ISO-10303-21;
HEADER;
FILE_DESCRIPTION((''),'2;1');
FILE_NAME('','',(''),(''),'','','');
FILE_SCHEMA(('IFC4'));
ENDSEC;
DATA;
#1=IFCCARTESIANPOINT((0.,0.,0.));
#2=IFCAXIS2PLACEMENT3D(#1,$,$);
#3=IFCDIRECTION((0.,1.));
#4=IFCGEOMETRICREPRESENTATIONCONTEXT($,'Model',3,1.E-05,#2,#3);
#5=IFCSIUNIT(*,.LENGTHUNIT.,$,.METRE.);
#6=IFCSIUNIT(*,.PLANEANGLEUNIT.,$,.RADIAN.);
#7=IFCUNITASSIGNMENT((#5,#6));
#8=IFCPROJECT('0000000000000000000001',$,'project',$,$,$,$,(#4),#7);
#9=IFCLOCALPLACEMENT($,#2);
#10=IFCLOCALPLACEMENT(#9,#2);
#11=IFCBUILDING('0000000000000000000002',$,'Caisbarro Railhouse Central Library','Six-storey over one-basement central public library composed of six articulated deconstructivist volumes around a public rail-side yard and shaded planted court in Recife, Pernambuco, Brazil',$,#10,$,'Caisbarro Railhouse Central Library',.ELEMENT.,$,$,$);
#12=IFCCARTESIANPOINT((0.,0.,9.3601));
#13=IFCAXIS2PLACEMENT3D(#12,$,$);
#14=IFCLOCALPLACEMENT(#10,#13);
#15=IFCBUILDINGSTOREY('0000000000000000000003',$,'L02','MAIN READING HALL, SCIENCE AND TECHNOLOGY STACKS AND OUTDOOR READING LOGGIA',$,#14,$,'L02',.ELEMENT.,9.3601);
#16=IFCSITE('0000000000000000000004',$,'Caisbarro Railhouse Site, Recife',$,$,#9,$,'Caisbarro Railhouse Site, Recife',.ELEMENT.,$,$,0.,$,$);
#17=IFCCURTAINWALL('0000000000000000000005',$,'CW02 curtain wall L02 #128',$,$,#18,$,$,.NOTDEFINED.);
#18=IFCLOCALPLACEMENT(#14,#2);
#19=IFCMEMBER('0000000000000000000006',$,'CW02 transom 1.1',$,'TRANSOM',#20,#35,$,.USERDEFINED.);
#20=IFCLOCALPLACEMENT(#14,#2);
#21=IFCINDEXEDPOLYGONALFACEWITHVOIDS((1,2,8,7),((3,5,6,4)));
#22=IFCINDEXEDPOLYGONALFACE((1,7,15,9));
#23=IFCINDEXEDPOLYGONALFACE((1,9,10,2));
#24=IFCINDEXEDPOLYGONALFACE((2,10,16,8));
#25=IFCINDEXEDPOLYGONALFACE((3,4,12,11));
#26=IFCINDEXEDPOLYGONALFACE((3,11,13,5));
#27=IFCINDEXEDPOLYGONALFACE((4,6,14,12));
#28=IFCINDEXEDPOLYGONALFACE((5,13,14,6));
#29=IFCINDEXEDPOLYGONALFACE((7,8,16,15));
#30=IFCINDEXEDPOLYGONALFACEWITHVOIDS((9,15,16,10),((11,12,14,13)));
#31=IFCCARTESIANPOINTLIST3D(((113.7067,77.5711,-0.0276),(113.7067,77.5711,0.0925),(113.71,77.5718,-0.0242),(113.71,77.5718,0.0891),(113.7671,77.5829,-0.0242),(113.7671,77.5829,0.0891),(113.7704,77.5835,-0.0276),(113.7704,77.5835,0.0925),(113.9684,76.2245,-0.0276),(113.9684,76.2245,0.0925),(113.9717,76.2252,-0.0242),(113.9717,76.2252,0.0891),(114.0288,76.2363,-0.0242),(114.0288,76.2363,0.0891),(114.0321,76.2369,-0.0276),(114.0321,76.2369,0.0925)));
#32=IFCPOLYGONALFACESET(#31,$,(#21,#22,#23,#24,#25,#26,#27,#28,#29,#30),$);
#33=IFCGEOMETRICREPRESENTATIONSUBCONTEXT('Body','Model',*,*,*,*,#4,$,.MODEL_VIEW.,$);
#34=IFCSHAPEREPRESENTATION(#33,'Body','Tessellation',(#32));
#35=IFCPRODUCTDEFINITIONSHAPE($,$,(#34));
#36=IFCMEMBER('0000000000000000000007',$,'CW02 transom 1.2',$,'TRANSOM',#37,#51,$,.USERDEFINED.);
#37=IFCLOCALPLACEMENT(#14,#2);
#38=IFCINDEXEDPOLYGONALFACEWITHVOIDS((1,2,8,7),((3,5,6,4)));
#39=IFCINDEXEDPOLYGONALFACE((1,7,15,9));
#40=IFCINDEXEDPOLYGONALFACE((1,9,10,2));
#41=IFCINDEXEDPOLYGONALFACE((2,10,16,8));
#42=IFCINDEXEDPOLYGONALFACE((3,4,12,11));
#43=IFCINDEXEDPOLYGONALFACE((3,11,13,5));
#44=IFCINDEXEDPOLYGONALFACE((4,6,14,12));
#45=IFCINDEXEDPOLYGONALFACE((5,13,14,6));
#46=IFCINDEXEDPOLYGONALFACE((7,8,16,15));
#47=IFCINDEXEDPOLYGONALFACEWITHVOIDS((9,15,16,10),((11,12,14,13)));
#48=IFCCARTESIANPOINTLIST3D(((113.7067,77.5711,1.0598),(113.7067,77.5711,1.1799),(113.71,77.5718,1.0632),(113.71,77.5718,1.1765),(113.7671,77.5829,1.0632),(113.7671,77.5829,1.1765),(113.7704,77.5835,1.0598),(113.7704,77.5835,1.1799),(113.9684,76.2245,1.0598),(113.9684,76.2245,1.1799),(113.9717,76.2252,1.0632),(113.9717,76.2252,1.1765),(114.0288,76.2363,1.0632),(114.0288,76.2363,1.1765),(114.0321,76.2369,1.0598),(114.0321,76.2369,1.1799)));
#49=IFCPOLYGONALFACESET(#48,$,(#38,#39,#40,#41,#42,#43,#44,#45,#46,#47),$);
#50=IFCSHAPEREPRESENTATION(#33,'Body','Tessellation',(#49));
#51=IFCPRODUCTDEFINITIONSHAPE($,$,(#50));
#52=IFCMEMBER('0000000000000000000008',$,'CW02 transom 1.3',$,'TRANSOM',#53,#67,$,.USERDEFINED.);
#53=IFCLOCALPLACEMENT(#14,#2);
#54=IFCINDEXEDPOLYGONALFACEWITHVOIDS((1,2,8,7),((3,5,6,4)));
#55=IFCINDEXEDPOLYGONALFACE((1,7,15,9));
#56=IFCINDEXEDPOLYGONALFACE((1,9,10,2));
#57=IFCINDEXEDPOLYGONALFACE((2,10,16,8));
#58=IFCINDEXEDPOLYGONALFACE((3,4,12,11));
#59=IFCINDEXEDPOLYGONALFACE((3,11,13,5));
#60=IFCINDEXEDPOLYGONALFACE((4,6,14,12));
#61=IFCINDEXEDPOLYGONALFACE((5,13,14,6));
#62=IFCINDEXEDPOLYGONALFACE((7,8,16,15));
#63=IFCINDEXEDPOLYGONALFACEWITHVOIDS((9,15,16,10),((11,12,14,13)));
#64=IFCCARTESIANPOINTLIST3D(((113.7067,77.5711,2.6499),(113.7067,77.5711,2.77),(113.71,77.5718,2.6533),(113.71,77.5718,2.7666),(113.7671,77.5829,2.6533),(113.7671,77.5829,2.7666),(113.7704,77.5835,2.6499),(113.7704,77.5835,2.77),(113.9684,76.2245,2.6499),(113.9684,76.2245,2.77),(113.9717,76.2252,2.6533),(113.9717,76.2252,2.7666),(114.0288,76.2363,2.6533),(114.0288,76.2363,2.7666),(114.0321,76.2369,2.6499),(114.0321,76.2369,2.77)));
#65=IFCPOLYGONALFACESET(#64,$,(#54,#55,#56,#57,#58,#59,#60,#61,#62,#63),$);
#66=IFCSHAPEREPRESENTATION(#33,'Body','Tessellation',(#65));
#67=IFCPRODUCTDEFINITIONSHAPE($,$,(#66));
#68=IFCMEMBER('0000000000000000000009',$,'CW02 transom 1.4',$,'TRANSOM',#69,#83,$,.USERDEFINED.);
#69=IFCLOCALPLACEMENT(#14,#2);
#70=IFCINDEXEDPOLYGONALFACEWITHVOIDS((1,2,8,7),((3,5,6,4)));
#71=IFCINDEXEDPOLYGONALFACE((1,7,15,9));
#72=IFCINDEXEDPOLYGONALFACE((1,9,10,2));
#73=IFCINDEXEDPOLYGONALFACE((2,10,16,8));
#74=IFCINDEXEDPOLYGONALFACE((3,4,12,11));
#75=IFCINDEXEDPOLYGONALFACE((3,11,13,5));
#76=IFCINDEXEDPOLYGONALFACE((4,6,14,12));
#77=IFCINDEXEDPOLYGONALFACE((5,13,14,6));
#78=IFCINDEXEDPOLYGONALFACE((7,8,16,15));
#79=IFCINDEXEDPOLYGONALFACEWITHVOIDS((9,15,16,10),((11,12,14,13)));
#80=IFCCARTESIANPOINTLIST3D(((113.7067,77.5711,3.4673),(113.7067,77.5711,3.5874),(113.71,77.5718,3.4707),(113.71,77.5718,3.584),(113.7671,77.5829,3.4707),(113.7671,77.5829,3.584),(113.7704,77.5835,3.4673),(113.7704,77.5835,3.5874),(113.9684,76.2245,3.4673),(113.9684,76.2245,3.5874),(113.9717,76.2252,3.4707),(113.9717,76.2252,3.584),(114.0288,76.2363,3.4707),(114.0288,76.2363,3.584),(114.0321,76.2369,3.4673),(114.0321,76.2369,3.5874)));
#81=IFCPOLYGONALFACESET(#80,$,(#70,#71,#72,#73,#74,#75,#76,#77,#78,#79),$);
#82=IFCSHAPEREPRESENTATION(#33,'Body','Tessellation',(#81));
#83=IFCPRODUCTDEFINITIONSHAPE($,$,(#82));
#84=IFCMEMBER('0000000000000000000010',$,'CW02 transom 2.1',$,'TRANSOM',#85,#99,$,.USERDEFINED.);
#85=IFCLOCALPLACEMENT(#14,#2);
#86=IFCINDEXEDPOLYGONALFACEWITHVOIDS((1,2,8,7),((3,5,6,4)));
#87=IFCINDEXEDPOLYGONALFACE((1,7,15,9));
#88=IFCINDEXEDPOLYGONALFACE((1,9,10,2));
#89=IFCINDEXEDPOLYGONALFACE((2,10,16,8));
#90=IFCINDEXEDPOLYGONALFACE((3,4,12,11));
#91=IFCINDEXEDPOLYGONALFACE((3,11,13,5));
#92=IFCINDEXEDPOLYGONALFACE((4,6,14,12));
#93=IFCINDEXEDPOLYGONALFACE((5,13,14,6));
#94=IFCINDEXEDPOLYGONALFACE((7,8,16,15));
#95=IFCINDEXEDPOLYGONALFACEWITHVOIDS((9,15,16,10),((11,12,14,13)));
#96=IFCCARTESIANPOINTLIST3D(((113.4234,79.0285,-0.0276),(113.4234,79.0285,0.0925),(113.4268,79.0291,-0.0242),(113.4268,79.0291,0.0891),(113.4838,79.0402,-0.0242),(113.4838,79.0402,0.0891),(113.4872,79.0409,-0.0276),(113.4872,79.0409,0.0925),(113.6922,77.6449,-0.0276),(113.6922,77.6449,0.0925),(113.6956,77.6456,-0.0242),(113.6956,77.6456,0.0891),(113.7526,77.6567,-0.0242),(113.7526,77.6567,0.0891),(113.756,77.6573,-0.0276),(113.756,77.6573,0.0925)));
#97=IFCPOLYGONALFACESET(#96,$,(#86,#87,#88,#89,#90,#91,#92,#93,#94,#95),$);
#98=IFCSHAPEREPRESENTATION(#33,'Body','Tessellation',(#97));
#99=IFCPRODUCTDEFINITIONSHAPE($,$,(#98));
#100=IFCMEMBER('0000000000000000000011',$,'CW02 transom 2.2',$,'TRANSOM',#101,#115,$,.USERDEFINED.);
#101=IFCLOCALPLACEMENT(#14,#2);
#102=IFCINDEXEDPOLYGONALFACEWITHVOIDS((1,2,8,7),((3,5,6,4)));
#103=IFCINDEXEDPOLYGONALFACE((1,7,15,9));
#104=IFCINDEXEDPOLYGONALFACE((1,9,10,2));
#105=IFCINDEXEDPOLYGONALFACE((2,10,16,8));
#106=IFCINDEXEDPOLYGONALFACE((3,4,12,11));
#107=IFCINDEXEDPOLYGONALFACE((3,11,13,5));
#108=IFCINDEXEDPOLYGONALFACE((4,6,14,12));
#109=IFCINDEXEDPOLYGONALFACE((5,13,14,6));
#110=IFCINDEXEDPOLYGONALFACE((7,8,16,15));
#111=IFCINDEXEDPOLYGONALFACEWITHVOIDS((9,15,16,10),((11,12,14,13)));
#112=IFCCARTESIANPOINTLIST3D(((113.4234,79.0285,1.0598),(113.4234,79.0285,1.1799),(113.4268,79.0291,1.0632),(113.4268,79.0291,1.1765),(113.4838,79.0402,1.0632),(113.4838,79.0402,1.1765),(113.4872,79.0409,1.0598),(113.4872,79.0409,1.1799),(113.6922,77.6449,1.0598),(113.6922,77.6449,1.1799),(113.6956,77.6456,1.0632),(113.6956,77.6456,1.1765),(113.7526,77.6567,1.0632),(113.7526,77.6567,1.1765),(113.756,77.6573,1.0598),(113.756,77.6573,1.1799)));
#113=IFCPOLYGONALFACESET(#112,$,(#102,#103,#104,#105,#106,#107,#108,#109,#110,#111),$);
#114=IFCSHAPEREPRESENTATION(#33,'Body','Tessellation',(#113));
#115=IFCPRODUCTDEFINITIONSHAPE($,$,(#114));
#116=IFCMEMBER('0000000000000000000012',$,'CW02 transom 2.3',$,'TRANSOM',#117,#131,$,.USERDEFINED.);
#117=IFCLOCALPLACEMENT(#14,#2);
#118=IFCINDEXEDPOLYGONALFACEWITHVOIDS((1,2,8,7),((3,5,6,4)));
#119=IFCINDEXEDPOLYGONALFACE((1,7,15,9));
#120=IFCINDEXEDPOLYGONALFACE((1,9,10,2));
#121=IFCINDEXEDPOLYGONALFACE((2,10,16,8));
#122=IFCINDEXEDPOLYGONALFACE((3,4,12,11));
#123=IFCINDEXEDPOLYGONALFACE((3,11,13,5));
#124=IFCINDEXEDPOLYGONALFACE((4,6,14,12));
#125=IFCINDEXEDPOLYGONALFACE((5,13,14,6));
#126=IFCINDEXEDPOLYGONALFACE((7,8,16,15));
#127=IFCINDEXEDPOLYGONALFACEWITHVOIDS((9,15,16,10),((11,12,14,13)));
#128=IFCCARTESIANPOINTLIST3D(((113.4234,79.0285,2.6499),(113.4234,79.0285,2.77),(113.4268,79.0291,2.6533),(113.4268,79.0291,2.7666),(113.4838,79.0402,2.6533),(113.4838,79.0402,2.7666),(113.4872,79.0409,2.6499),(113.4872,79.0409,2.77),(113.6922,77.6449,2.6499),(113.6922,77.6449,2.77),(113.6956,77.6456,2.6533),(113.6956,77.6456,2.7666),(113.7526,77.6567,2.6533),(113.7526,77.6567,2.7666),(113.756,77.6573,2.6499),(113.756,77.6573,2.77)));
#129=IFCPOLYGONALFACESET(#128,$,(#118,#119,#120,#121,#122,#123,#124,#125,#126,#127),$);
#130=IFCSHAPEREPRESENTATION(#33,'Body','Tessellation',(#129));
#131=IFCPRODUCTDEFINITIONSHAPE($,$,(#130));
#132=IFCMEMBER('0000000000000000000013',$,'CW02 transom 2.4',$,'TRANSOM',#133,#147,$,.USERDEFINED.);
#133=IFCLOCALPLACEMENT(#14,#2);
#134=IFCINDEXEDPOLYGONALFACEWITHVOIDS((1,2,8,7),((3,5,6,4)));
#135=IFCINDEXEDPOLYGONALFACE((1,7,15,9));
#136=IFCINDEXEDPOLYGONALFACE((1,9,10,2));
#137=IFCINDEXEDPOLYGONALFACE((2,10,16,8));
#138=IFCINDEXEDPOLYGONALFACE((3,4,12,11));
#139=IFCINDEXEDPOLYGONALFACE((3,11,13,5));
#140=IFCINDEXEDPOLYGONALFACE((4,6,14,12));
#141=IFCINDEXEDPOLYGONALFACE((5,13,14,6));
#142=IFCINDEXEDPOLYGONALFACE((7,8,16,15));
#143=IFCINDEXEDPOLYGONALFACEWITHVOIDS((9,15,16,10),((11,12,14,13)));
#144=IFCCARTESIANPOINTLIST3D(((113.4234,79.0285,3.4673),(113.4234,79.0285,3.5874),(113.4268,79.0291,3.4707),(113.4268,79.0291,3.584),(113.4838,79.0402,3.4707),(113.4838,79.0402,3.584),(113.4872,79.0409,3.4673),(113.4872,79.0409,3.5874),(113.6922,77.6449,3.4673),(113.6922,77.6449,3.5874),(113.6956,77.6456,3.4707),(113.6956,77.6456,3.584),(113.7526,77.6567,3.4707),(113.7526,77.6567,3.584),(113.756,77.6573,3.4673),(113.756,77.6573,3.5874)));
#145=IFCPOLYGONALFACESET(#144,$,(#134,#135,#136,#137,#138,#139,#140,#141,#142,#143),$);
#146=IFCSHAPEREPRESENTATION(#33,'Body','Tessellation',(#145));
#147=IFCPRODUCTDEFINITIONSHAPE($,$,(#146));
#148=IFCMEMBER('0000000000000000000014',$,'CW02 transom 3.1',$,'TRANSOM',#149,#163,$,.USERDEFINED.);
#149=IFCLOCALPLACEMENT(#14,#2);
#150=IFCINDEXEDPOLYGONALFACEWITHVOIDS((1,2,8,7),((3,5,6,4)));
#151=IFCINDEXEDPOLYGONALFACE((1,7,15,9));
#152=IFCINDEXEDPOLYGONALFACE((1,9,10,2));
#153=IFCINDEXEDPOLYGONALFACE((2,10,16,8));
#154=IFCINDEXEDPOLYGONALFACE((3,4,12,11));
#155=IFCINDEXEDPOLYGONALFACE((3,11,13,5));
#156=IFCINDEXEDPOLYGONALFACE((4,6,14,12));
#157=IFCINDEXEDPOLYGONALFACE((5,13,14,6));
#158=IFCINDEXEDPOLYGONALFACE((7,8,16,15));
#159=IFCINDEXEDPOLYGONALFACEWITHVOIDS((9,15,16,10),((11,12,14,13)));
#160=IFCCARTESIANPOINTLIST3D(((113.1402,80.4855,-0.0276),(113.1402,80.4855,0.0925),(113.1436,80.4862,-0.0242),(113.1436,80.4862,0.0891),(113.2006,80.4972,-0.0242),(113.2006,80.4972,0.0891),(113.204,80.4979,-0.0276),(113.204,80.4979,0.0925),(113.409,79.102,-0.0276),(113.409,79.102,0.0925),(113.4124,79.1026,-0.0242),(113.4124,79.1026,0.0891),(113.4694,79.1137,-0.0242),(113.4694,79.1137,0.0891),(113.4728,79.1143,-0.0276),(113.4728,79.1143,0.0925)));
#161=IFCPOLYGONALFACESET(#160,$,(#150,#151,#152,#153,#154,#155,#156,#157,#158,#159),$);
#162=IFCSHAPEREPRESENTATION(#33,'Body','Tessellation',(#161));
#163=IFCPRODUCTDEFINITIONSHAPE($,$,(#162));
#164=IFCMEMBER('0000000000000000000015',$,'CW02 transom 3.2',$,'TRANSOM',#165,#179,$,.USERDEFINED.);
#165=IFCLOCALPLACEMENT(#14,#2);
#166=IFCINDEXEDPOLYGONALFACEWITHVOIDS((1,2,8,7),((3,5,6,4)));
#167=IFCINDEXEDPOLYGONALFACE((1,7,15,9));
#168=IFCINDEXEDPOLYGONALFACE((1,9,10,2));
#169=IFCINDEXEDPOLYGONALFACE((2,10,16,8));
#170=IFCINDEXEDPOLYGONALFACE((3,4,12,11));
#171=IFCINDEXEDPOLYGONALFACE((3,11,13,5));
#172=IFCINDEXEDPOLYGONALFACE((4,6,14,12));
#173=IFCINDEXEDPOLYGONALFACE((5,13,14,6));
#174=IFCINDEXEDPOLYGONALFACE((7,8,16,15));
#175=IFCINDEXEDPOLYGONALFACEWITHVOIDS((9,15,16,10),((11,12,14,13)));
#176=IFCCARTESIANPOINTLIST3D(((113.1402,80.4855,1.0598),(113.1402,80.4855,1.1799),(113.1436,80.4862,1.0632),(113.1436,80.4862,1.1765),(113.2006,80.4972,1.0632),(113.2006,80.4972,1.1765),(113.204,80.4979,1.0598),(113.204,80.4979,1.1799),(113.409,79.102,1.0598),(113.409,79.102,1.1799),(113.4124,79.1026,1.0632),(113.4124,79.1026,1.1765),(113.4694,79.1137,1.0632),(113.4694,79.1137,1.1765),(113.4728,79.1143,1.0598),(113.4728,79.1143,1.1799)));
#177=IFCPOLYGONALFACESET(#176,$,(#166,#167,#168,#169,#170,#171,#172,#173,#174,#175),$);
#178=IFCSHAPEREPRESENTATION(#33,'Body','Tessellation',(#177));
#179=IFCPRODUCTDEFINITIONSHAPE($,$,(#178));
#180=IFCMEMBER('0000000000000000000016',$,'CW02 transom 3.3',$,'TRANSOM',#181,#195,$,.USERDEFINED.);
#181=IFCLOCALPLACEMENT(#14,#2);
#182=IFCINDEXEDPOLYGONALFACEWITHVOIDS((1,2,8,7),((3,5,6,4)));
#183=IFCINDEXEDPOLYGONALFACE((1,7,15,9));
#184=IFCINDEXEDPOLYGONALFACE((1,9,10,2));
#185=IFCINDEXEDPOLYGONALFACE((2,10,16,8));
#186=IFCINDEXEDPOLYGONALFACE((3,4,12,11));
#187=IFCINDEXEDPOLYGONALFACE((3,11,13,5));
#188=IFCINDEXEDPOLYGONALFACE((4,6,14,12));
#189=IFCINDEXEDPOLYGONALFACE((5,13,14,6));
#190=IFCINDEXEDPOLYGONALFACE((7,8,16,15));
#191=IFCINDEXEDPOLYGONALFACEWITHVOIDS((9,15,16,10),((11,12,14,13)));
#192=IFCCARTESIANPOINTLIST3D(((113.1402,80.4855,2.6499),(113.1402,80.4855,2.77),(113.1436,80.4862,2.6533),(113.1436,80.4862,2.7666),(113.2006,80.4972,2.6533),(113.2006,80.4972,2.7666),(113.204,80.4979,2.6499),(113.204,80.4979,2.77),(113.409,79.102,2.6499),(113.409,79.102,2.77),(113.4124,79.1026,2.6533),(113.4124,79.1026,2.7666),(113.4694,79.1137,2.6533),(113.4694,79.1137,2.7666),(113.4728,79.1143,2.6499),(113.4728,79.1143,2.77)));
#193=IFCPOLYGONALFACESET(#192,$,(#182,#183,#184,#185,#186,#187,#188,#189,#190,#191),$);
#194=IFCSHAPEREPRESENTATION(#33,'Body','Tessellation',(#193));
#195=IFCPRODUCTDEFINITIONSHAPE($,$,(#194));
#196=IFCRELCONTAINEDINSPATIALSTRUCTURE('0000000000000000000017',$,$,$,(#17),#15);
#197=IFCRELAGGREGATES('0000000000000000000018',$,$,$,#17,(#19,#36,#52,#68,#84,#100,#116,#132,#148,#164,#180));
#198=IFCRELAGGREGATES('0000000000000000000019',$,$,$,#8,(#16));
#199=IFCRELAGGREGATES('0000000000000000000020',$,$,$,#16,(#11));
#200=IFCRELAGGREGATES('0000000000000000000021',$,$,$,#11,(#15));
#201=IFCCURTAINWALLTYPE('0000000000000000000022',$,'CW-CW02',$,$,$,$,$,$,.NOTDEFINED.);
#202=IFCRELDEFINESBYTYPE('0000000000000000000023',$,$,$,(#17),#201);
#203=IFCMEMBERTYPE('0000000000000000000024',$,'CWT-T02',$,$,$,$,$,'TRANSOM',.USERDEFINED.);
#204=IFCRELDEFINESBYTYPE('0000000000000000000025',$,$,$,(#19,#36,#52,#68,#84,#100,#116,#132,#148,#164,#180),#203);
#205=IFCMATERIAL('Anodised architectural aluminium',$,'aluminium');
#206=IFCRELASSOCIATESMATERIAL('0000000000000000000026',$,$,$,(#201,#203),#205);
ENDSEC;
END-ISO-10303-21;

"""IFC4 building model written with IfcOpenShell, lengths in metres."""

from ifc_helpers import new_model, si_unit, direction, frame, origin, origin_2d, place, context, subcontext, project, spatial, hollow_rectangle, extrude, material, material_profile, profile_set, type_object, element, aggregate, save


model = new_model("IFC4")

# Units and contexts
model_context = context("Model", 3, precision=1e-05, world=origin(), true_north=direction((0.0, 1.0)))
body_context = subcontext(model_context, "Body", "Model", "MODEL_VIEW")
ifc_project = project(units=[si_unit("LENGTHUNIT", "METRE"), si_unit("PLANEANGLEUNIT", "RADIAN")], contexts=[model_context])

# Site, building, storey
site_placement = place(None, origin())
site = spatial("IfcSite", under=ifc_project, at=site_placement, Name="Caisbarro Railhouse Site, Recife", LongName="Caisbarro Railhouse Site, Recife", CompositionType="ELEMENT", RefElevation=0.0)
building_placement = place(site_placement, origin())
building = spatial("IfcBuilding", under=site, at=building_placement, Name="Caisbarro Railhouse Central Library", Description="Six-storey over one-basement central public library composed of six articulated deconstructivist volumes around a public rail-side yard and shaded planted court in Recife, Pernambuco, Brazil", LongName="Caisbarro Railhouse Central Library", CompositionType="ELEMENT")
storey_placement = place(building_placement, frame((0.0, 0.0, 9.3601)))
storey = spatial("IfcBuildingStorey", under=building, at=storey_placement, Name="L02", Description="MAIN READING HALL, SCIENCE AND TECHNOLOGY STACKS AND OUTDOOR READING LOGGIA", LongName="L02", CompositionType="ELEMENT", Elevation=9.3601)

# Curtain wall, members
ifc_material_1 = material(Name="Anodised architectural aluminium", Category="aluminium")
curtain_wall_type = type_object("IfcCurtainWallType", Name="CW-CW02", PredefinedType="NOTDEFINED", material=ifc_material_1)
curtain_wall_placement = place(storey_placement, origin())
curtain_wall = element("IfcCurtainWall", 1, at=curtain_wall_placement, inside=storey, type_object=curtain_wall_type, Name="CW02 curtain wall L02 #128", PredefinedType="NOTDEFINED")
ifc_material_profile_1 = material_profile(ifc_material_1, hollow_rectangle(XDim=0.0649, YDim=0.1201, WallThickness=0.0034, at=origin_2d()), Name="ALU-TRN-65X120")
ifc_profile_set_1 = profile_set([ifc_material_profile_1], Name="Anodised architectural aluminium")
member_type_1 = type_object("IfcMemberType", Name="CWT-T02", ElementType="TRANSOM", PredefinedType="USERDEFINED", material=ifc_profile_set_1)
member_1_placement = place(storey_placement, frame((114.0002, 76.2307, 0.0325), z_axis=(-0.190774, 0.981634, 0.0), x_axis=(-0.981634, -0.190774, 0.0)))
member_1 = element("IfcMember", 2, at=member_1_placement, type_object=member_type_1, Name="CW02 transom 1.1", ObjectType="TRANSOM", PredefinedType="USERDEFINED", context=body_context, shape_type="SweptSolid", body=[
    extrude(hollow_rectangle(XDim=0.0649, YDim=0.1201, WallThickness=0.0034, at=origin_2d()), origin(), (0.0, 0.0, 1.0), 1.3718),
])
member_2_placement = place(storey_placement, frame((114.0002, 76.2307, 1.1199), z_axis=(-0.190774, 0.981634, 0.0), x_axis=(-0.981634, -0.190774, 0.0)))
member_2 = element("IfcMember", 3, at=member_2_placement, type_object=member_type_1, Name="CW02 transom 1.2", ObjectType="TRANSOM", PredefinedType="USERDEFINED", context=body_context, shape_type="SweptSolid", body=[
    extrude(hollow_rectangle(XDim=0.0649, YDim=0.1201, WallThickness=0.0034, at=origin_2d()), origin(), (0.0, 0.0, 1.0), 1.3718),
])
member_3_placement = place(storey_placement, frame((114.0002, 76.2307, 2.71), z_axis=(-0.190774, 0.981634, 0.0), x_axis=(-0.981634, -0.190774, 0.0)))
member_3 = element("IfcMember", 4, at=member_3_placement, type_object=member_type_1, Name="CW02 transom 1.3", ObjectType="TRANSOM", PredefinedType="USERDEFINED", context=body_context, shape_type="SweptSolid", body=[
    extrude(hollow_rectangle(XDim=0.0649, YDim=0.1201, WallThickness=0.0034, at=origin_2d()), origin(), (0.0, 0.0, 1.0), 1.3718),
])
member_4_placement = place(storey_placement, frame((114.0002, 76.2307, 3.5273), z_axis=(-0.190774, 0.981634, 0.0), x_axis=(-0.981634, -0.190774, 0.0)))
member_4 = element("IfcMember", 5, at=member_4_placement, type_object=member_type_1, Name="CW02 transom 1.4", ObjectType="TRANSOM", PredefinedType="USERDEFINED", context=body_context, shape_type="SweptSolid", body=[
    extrude(hollow_rectangle(XDim=0.0649, YDim=0.1201, WallThickness=0.0034, at=origin_2d()), origin(), (0.0, 0.0, 1.0), 1.3718),
])
member_5_placement = place(storey_placement, frame((113.7241, 77.6511, 0.0325), z_axis=(-0.190717, 0.981645, 0.0), x_axis=(-0.981645, -0.190717, 0.0)))
member_5 = element("IfcMember", 6, at=member_5_placement, type_object=member_type_1, Name="CW02 transom 2.1", ObjectType="TRANSOM", PredefinedType="USERDEFINED", context=body_context, shape_type="SweptSolid", body=[
    extrude(hollow_rectangle(XDim=0.0649, YDim=0.1201, WallThickness=0.0034, at=origin_2d()), origin(), (0.0, 0.0, 1.0), 1.4094),
])
member_6_placement = place(storey_placement, frame((113.7241, 77.6511, 1.1199), z_axis=(-0.190717, 0.981645, 0.0), x_axis=(-0.981645, -0.190717, 0.0)))
member_6 = element("IfcMember", 7, at=member_6_placement, type_object=member_type_1, Name="CW02 transom 2.2", ObjectType="TRANSOM", PredefinedType="USERDEFINED", context=body_context, shape_type="SweptSolid", body=[
    extrude(hollow_rectangle(XDim=0.0649, YDim=0.1201, WallThickness=0.0034, at=origin_2d()), origin(), (0.0, 0.0, 1.0), 1.4094),
])
member_7_placement = place(storey_placement, frame((113.7241, 77.6511, 2.71), z_axis=(-0.190717, 0.981645, 0.0), x_axis=(-0.981645, -0.190717, 0.0)))
member_7 = element("IfcMember", 8, at=member_7_placement, type_object=member_type_1, Name="CW02 transom 2.3", ObjectType="TRANSOM", PredefinedType="USERDEFINED", context=body_context, shape_type="SweptSolid", body=[
    extrude(hollow_rectangle(XDim=0.0649, YDim=0.1201, WallThickness=0.0034, at=origin_2d()), origin(), (0.0, 0.0, 1.0), 1.4094),
])
member_8_placement = place(storey_placement, frame((113.7241, 77.6511, 3.5273), z_axis=(-0.190717, 0.981645, 0.0), x_axis=(-0.981645, -0.190717, 0.0)))
member_8 = element("IfcMember", 9, at=member_8_placement, type_object=member_type_1, Name="CW02 transom 2.4", ObjectType="TRANSOM", PredefinedType="USERDEFINED", context=body_context, shape_type="SweptSolid", body=[
    extrude(hollow_rectangle(XDim=0.0649, YDim=0.1201, WallThickness=0.0034, at=origin_2d()), origin(), (0.0, 0.0, 1.0), 1.4094),
])
member_9_placement = place(storey_placement, frame((113.4409, 79.1082, 0.0325), z_axis=(-0.190717, 0.981645, 0.0), x_axis=(-0.981645, -0.190717, 0.0)))
member_9 = element("IfcMember", 10, at=member_9_placement, type_object=member_type_1, Name="CW02 transom 3.1", ObjectType="TRANSOM", PredefinedType="USERDEFINED", context=body_context, shape_type="SweptSolid", body=[
    extrude(hollow_rectangle(XDim=0.0649, YDim=0.1201, WallThickness=0.0034, at=origin_2d()), origin(), (0.0, 0.0, 1.0), 1.4094),
])
member_10_placement = place(storey_placement, frame((113.4409, 79.1082, 1.1199), z_axis=(-0.190717, 0.981645, 0.0), x_axis=(-0.981645, -0.190717, 0.0)))
member_10 = element("IfcMember", 11, at=member_10_placement, type_object=member_type_1, Name="CW02 transom 3.2", ObjectType="TRANSOM", PredefinedType="USERDEFINED", context=body_context, shape_type="SweptSolid", body=[
    extrude(hollow_rectangle(XDim=0.0649, YDim=0.1201, WallThickness=0.0034, at=origin_2d()), origin(), (0.0, 0.0, 1.0), 1.4094),
])
member_11_placement = place(storey_placement, frame((113.4409, 79.1082, 2.71), z_axis=(-0.190717, 0.981645, 0.0), x_axis=(-0.981645, -0.190717, 0.0)))
member_11 = element("IfcMember", 12, at=member_11_placement, type_object=member_type_1, Name="CW02 transom 3.3", ObjectType="TRANSOM", PredefinedType="USERDEFINED", context=body_context, shape_type="SweptSolid", body=[
    extrude(hollow_rectangle(XDim=0.0649, YDim=0.1201, WallThickness=0.0034, at=origin_2d()), origin(), (0.0, 0.0, 1.0), 1.4094),
])
aggregate(curtain_wall, [member_1, member_2, member_3, member_4, member_5, member_6, member_7, member_8, member_9, member_10, member_11])

save(model, "model.ifc")
